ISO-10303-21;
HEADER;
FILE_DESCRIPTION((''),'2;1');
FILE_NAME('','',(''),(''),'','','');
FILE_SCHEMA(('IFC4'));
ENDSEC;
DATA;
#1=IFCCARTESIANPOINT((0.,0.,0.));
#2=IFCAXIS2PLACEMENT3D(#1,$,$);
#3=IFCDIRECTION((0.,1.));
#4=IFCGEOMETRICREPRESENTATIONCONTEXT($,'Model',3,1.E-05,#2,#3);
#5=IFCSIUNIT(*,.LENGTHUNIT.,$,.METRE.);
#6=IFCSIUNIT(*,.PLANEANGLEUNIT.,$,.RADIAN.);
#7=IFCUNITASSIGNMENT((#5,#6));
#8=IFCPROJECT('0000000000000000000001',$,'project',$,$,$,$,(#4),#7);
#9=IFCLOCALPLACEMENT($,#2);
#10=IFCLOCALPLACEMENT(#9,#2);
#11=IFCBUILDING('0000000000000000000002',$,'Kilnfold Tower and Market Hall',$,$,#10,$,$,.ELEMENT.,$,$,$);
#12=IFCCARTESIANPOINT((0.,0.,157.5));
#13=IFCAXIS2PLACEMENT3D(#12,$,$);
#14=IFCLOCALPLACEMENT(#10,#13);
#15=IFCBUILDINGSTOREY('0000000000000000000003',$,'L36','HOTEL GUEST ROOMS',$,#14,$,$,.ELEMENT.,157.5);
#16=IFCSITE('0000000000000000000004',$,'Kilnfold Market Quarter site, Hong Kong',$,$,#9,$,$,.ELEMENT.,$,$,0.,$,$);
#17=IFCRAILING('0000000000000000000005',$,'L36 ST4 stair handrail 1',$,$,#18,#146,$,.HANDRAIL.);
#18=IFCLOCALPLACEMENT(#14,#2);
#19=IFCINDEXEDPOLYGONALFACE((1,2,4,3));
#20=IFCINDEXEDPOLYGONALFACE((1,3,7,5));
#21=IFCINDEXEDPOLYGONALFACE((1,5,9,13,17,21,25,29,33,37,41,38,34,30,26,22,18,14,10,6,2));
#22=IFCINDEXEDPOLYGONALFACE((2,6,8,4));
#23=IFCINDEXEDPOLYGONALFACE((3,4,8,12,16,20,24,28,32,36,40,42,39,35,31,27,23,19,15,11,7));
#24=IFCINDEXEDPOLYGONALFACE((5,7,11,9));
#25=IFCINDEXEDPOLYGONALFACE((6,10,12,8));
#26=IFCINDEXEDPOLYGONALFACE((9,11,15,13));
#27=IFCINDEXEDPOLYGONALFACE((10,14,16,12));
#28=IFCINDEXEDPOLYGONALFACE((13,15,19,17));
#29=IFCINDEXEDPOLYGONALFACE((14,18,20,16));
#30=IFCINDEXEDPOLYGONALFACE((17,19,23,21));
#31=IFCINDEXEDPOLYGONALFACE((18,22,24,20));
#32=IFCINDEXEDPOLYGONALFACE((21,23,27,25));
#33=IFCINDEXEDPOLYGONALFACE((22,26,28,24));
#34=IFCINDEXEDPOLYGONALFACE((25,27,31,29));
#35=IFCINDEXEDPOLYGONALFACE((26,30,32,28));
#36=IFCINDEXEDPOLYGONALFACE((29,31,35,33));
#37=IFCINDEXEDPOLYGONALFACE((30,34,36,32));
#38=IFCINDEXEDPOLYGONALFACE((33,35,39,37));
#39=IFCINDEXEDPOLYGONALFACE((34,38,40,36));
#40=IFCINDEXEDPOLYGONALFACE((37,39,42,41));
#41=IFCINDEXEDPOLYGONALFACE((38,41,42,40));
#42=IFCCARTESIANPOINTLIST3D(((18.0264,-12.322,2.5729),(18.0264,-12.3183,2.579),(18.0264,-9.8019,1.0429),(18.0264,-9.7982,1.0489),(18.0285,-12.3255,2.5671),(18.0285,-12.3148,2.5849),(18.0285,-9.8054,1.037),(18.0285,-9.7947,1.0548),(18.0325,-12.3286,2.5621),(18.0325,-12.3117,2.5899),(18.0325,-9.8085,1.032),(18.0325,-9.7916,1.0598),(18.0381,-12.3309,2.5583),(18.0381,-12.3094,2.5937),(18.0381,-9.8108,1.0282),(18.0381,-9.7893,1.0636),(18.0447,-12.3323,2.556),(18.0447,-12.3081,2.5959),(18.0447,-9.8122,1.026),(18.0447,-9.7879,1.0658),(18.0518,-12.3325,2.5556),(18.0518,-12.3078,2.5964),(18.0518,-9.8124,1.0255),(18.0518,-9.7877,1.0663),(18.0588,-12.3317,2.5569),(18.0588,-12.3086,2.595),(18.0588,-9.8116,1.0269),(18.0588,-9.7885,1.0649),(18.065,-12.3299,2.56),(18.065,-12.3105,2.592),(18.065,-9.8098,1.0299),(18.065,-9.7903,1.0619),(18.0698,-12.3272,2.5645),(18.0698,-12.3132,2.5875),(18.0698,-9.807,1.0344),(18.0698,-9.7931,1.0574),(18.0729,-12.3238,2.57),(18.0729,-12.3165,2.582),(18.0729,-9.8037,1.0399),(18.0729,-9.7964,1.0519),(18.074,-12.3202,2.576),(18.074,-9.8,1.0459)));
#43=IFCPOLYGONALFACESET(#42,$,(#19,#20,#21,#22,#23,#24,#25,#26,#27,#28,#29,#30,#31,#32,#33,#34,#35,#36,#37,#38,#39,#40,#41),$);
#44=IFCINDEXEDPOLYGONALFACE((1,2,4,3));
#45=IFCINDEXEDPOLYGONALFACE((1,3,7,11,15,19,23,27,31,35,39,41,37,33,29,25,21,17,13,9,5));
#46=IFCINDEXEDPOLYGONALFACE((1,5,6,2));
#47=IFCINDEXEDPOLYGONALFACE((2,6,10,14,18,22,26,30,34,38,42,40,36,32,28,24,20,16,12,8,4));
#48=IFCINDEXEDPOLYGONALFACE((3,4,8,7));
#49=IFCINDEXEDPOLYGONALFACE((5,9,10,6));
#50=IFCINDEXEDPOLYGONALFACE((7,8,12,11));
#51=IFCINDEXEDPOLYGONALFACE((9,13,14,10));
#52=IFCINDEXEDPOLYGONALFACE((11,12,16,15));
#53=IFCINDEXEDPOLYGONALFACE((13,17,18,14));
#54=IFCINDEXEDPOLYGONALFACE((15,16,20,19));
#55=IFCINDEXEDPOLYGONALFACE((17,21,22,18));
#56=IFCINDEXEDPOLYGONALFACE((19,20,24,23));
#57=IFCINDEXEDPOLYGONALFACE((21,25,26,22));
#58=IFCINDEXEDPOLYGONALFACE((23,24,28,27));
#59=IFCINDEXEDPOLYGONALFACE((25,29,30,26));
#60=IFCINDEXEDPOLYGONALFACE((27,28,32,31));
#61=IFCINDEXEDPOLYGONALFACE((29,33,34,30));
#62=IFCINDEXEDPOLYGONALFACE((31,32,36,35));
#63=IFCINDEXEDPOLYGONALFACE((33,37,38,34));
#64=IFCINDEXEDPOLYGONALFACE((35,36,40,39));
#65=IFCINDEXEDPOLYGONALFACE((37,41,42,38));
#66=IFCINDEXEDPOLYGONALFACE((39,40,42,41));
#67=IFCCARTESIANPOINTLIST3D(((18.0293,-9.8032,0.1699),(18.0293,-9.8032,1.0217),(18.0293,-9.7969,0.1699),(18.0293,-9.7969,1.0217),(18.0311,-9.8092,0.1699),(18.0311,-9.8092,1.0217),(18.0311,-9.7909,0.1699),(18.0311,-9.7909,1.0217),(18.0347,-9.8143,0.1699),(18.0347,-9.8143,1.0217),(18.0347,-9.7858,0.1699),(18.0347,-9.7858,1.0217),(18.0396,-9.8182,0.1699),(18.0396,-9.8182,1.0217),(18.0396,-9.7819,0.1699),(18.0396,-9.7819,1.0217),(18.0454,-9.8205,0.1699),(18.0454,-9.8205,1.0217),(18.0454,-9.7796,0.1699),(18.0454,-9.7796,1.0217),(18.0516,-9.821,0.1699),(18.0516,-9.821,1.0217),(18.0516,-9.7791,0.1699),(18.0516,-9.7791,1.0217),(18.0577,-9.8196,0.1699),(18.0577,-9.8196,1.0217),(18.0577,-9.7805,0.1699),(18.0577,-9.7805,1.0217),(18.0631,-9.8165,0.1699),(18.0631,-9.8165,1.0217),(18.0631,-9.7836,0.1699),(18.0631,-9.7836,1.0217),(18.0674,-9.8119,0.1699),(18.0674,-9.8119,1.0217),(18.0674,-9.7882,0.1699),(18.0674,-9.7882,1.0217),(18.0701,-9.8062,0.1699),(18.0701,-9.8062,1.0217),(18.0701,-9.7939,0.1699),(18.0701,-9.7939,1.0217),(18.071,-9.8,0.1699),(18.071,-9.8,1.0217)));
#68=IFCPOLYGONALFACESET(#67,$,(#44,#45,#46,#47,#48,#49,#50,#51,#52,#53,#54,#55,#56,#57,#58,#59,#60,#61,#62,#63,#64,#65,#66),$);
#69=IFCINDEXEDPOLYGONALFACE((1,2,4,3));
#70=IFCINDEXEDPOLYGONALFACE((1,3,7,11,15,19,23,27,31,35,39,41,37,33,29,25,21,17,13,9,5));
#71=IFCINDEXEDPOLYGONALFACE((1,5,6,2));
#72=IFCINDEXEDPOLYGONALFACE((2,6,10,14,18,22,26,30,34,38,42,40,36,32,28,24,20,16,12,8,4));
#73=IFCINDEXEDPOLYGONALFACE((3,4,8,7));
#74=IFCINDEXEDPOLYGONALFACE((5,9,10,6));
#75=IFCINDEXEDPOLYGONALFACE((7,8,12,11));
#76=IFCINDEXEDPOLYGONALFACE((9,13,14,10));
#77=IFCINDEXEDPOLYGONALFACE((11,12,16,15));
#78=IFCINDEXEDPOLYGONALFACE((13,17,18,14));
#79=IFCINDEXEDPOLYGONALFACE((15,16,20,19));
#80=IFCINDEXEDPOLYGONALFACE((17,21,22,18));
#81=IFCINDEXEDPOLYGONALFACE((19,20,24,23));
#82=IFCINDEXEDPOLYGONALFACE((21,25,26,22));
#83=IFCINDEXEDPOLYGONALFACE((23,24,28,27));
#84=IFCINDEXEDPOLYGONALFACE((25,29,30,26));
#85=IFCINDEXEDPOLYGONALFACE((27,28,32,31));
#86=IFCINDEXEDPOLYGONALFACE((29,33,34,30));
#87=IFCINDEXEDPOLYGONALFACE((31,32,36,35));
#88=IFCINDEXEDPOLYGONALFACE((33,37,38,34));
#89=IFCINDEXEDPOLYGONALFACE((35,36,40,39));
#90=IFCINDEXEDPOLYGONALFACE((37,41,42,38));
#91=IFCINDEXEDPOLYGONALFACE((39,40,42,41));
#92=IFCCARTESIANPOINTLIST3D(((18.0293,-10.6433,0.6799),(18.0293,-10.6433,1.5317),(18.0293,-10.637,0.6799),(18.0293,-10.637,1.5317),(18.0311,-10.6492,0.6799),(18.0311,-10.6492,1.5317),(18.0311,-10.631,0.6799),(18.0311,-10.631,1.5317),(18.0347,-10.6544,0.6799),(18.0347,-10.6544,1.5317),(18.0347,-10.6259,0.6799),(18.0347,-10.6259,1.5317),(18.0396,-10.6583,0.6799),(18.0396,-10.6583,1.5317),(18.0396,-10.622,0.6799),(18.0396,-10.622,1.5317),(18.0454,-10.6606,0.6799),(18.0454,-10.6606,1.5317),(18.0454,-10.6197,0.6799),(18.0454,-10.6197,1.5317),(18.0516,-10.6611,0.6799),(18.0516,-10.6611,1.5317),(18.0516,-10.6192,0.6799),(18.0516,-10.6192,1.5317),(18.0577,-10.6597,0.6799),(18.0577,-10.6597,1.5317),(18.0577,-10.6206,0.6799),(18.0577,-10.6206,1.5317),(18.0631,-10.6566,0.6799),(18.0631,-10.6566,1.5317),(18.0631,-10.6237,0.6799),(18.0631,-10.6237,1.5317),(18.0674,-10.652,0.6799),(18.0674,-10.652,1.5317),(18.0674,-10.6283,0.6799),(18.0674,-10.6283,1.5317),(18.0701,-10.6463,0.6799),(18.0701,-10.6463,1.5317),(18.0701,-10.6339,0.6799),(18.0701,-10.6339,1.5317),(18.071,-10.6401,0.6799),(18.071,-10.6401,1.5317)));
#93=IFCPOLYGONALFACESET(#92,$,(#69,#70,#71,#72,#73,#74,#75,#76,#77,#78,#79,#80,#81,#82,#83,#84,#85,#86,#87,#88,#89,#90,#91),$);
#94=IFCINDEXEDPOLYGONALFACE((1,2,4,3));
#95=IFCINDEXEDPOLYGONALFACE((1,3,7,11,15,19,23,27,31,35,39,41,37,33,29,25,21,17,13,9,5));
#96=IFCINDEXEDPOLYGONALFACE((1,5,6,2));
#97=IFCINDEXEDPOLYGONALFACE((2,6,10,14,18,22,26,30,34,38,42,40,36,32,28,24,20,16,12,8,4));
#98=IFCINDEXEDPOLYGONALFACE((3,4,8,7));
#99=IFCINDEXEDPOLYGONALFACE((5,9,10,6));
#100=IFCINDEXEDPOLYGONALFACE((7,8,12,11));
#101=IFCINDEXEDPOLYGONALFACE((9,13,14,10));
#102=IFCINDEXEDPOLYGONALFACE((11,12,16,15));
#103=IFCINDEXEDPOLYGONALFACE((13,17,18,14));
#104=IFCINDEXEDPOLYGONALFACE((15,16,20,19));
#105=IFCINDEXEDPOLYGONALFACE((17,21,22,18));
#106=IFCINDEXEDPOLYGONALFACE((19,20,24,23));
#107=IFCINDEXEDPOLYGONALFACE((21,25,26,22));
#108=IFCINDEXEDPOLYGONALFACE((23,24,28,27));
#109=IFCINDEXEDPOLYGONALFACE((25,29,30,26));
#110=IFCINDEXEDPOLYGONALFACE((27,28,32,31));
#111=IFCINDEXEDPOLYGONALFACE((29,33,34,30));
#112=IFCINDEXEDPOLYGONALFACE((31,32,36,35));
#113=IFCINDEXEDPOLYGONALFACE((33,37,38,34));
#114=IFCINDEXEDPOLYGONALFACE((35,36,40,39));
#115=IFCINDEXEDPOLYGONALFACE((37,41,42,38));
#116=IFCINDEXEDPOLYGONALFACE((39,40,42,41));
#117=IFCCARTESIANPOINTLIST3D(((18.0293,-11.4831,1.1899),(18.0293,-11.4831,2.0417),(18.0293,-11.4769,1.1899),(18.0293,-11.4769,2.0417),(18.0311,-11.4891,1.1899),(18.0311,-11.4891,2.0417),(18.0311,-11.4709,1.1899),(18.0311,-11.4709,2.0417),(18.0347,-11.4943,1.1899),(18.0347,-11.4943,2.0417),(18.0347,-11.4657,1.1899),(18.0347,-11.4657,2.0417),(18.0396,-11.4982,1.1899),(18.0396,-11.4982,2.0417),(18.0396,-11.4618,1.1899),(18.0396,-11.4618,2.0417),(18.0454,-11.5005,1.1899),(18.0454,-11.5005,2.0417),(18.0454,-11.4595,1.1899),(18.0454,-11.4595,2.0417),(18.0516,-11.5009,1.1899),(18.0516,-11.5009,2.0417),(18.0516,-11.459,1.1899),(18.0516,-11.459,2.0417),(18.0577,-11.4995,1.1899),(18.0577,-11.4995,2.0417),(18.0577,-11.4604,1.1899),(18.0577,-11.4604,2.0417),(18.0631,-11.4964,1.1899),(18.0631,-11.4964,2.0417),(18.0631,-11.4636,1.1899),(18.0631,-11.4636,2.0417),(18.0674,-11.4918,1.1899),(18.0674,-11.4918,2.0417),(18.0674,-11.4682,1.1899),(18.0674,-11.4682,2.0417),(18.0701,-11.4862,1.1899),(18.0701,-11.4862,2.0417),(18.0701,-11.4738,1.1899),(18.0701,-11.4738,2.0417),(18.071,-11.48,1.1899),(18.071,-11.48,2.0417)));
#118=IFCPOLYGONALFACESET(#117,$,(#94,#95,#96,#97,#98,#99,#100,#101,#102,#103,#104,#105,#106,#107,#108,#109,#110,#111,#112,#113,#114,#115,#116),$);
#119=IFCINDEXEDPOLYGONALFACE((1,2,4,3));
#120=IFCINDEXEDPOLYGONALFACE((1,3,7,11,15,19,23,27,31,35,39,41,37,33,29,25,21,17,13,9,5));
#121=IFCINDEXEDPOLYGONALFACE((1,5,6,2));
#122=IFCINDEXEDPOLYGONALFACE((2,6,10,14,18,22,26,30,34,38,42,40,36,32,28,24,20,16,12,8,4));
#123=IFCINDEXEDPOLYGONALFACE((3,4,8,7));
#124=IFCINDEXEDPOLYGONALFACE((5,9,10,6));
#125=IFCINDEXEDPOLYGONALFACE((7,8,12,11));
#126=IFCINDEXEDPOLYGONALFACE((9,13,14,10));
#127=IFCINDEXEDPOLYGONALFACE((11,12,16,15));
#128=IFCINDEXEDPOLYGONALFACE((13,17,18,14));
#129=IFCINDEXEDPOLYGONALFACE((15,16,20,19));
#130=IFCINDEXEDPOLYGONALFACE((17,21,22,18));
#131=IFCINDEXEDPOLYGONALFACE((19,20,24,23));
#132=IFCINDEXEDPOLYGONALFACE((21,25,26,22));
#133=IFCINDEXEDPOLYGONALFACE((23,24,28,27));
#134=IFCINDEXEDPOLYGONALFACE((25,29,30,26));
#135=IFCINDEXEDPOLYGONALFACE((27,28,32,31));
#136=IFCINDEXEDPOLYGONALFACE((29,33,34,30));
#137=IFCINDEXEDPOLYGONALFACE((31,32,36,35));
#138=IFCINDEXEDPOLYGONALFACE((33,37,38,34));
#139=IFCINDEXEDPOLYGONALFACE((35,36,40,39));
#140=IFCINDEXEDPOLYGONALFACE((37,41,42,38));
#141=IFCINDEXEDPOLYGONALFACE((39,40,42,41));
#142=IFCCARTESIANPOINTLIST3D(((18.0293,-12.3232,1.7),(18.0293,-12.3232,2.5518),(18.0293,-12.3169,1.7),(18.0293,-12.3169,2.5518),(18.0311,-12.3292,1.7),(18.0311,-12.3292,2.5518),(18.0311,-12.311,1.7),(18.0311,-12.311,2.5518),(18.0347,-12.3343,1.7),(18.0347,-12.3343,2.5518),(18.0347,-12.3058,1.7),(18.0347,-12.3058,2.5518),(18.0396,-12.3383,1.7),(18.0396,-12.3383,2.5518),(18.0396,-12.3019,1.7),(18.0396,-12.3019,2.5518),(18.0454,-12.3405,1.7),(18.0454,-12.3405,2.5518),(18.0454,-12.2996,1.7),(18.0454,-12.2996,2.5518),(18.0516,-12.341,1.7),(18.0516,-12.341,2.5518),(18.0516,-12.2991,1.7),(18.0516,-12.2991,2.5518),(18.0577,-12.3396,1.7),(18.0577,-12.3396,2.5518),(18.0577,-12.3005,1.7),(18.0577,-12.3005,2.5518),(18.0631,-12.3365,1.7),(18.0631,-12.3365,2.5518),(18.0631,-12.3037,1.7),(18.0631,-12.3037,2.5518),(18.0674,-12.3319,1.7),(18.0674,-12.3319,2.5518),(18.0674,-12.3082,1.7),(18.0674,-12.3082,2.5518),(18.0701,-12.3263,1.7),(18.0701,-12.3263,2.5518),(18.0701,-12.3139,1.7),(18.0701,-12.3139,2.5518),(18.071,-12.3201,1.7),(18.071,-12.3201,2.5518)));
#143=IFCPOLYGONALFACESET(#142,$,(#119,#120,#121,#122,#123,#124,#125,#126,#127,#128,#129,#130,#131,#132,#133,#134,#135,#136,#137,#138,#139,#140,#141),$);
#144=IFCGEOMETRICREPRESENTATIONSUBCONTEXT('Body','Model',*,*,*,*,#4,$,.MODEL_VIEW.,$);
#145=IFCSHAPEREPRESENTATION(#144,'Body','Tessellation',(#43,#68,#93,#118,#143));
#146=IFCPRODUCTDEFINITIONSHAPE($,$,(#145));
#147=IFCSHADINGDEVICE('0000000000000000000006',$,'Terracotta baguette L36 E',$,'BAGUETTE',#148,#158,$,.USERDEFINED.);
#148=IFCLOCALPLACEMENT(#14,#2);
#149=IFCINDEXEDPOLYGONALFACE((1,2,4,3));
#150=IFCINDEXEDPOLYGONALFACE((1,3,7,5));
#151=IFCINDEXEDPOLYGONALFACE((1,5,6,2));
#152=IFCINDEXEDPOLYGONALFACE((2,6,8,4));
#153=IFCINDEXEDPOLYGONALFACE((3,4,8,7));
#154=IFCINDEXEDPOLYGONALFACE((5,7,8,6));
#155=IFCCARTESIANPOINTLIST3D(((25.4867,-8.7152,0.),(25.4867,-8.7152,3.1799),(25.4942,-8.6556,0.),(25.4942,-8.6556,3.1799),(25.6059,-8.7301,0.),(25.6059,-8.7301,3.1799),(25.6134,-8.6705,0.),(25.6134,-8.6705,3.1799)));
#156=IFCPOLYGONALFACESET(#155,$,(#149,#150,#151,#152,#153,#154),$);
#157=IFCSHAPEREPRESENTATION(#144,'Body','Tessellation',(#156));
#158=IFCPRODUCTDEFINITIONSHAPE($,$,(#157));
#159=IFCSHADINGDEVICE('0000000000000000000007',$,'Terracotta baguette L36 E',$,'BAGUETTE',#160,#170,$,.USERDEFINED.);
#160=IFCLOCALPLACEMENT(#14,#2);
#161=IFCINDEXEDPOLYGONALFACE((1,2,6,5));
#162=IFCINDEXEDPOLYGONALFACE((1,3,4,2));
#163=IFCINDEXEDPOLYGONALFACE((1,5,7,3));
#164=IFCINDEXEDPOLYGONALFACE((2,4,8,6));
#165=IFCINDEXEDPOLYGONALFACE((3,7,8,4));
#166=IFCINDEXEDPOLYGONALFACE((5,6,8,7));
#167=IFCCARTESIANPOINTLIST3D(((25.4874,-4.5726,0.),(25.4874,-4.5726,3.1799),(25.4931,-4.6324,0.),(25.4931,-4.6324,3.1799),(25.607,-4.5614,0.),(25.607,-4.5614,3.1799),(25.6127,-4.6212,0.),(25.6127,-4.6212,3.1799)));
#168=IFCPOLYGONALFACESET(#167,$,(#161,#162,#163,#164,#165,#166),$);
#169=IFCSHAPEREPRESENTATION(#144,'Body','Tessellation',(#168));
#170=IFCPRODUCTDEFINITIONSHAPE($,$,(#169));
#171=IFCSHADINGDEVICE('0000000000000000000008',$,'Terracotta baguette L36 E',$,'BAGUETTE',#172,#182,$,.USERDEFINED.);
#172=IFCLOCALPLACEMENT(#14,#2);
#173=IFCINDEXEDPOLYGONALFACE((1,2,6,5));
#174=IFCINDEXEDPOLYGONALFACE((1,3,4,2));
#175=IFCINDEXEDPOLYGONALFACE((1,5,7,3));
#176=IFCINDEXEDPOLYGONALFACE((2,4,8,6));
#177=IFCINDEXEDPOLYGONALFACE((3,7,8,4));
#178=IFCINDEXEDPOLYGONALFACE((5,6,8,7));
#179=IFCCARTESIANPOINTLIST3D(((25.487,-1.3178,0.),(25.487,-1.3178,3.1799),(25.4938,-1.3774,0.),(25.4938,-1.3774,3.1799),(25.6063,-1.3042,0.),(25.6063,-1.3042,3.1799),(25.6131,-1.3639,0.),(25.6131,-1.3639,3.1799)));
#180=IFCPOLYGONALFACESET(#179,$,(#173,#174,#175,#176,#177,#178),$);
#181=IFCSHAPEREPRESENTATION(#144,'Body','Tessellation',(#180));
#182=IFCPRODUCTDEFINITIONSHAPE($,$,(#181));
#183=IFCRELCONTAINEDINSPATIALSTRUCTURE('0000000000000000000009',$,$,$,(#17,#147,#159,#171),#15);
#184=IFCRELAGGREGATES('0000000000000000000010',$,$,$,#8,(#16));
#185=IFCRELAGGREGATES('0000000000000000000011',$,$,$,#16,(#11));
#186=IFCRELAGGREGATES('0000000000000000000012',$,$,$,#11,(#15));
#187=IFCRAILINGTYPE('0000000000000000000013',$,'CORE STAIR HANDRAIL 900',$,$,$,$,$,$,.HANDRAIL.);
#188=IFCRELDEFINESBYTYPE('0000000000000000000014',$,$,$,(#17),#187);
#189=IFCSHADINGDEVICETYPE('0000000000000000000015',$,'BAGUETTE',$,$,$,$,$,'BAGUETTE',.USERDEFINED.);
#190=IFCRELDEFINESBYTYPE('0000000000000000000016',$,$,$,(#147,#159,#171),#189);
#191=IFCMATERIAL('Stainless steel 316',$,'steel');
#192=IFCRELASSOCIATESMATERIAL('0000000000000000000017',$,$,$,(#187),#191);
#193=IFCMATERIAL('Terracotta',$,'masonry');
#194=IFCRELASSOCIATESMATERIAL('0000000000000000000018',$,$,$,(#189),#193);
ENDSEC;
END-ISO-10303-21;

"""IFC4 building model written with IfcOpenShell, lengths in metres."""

from ifc_helpers import new_model, si_unit, direction, frame, origin, origin_2d, place, context, subcontext, project, spatial, rectangle, circle, extrude, source, transform, mapped, material, material_profile, profile_set, type_object, element, save


model = new_model("IFC4")

# Units and contexts
model_context = context("Model", 3, precision=1e-05, world=origin(), true_north=direction((0.0, 1.0)))
body_context = subcontext(model_context, "Body", "Model", "MODEL_VIEW")
ifc_project = project(units=[si_unit("LENGTHUNIT", "METRE"), si_unit("PLANEANGLEUNIT", "RADIAN")], contexts=[model_context])

# Site, building, storey
site_placement = place(None, origin())
site = spatial("IfcSite", under=ifc_project, at=site_placement, Name="Kilnfold Market Quarter site, Hong Kong", CompositionType="ELEMENT", RefElevation=0.0)
building_placement = place(site_placement, origin())
building = spatial("IfcBuilding", under=site, at=building_placement, Name="Kilnfold Tower and Market Hall", CompositionType="ELEMENT")
storey_placement = place(building_placement, frame((0.0, 0.0, 157.5)))
storey = spatial("IfcBuildingStorey", under=building, at=storey_placement, Name="L36", Description="HOTEL GUEST ROOMS", CompositionType="ELEMENT", Elevation=157.5)

# Railing
ifc_material_1 = material(Name="Stainless steel 316", Category="steel")
railing_type_1 = type_object("IfcRailingType", Name="CORE STAIR HANDRAIL 900", PredefinedType="HANDRAIL", material=ifc_material_1)
railing_1_placement = place(storey_placement, frame((18.05, -9.8, 0.1699)))
element("IfcRailing", 1, at=railing_1_placement, inside=storey, type_object=railing_type_1, Name="L36 ST4 stair handrail 1", PredefinedType="HANDRAIL", context=body_context, shape_type="SweptSolid", body=[
    extrude(circle(Radius=0.0239, at=origin_2d()), frame((0.0, 0.0, 0.876), z_axis=(0.0, -0.854785, 0.518982), x_axis=(1.0, 0.0, 0.0)), (0.0, 0.0, 1.0), 2.9482),
    extrude(circle(Radius=0.021, at=origin_2d()), origin(), (0.0, 0.0, 1.0), 0.8518),
    extrude(circle(Radius=0.021, at=origin_2d()), frame((0.0, -0.8401, 0.51)), (0.0, 0.0, 1.0), 0.8518),
    extrude(circle(Radius=0.021, at=origin_2d()), frame((0.0, -1.6799, 1.02)), (0.0, 0.0, 1.0), 0.8518),
    extrude(circle(Radius=0.021, at=origin_2d()), frame((0.0, -2.52, 1.53)), (0.0, 0.0, 1.0), 0.8518),
])

# Shading devices
ifc_material_2 = material(Name="Terracotta", Category="masonry")
ifc_material_profile_1 = material_profile(ifc_material_2, rectangle(XDim=0.0601, YDim=0.1201, at=origin_2d()), Name="BAG 60x120")
ifc_profile_set_1 = profile_set([ifc_material_profile_1], Name="Terracotta")
shading_device_type = type_object("IfcShadingDeviceType", Name="BAGUETTE", ElementType="BAGUETTE", PredefinedType="USERDEFINED", material=ifc_profile_set_1)
shared_shape_1 = source(origin(), body_context, "Body", "SweptSolid", [
    extrude(rectangle(XDim=0.0601, YDim=0.1201, at=origin_2d()), origin(), (0.0, 0.0, 1.0), 3.1799),
])
for number, where, z_axis, x_axis, name in (
    (2, (25.55, -8.6929, 0.0), (0.0, 0.0, 1.0), (0.124286, 0.992246, 0.0), "Terracotta baguette L36 E"),
    (3, (25.55, -4.5969, 0.0), (0.0, 0.0, 1.0), (-0.093547, 0.995615, 0.0), "Terracotta baguette L36 E"),
    (4, (25.55, -1.3408, 0.0), (0.0, 0.0, 1.0), (-0.1129, 0.993606, 0.0), "Terracotta baguette L36 E"),
):
    element("IfcShadingDevice", number, at=place(storey_placement, frame(where, z_axis=z_axis, x_axis=x_axis)), inside=storey, type_object=shading_device_type, Name=name, ObjectType="BAGUETTE", PredefinedType="USERDEFINED", context=body_context, shape_type="MappedRepresentation", body=[
        mapped(shared_shape_1, transform((0.0, 0.0, 0.0))),
    ])

save(model, "model.ifc")
